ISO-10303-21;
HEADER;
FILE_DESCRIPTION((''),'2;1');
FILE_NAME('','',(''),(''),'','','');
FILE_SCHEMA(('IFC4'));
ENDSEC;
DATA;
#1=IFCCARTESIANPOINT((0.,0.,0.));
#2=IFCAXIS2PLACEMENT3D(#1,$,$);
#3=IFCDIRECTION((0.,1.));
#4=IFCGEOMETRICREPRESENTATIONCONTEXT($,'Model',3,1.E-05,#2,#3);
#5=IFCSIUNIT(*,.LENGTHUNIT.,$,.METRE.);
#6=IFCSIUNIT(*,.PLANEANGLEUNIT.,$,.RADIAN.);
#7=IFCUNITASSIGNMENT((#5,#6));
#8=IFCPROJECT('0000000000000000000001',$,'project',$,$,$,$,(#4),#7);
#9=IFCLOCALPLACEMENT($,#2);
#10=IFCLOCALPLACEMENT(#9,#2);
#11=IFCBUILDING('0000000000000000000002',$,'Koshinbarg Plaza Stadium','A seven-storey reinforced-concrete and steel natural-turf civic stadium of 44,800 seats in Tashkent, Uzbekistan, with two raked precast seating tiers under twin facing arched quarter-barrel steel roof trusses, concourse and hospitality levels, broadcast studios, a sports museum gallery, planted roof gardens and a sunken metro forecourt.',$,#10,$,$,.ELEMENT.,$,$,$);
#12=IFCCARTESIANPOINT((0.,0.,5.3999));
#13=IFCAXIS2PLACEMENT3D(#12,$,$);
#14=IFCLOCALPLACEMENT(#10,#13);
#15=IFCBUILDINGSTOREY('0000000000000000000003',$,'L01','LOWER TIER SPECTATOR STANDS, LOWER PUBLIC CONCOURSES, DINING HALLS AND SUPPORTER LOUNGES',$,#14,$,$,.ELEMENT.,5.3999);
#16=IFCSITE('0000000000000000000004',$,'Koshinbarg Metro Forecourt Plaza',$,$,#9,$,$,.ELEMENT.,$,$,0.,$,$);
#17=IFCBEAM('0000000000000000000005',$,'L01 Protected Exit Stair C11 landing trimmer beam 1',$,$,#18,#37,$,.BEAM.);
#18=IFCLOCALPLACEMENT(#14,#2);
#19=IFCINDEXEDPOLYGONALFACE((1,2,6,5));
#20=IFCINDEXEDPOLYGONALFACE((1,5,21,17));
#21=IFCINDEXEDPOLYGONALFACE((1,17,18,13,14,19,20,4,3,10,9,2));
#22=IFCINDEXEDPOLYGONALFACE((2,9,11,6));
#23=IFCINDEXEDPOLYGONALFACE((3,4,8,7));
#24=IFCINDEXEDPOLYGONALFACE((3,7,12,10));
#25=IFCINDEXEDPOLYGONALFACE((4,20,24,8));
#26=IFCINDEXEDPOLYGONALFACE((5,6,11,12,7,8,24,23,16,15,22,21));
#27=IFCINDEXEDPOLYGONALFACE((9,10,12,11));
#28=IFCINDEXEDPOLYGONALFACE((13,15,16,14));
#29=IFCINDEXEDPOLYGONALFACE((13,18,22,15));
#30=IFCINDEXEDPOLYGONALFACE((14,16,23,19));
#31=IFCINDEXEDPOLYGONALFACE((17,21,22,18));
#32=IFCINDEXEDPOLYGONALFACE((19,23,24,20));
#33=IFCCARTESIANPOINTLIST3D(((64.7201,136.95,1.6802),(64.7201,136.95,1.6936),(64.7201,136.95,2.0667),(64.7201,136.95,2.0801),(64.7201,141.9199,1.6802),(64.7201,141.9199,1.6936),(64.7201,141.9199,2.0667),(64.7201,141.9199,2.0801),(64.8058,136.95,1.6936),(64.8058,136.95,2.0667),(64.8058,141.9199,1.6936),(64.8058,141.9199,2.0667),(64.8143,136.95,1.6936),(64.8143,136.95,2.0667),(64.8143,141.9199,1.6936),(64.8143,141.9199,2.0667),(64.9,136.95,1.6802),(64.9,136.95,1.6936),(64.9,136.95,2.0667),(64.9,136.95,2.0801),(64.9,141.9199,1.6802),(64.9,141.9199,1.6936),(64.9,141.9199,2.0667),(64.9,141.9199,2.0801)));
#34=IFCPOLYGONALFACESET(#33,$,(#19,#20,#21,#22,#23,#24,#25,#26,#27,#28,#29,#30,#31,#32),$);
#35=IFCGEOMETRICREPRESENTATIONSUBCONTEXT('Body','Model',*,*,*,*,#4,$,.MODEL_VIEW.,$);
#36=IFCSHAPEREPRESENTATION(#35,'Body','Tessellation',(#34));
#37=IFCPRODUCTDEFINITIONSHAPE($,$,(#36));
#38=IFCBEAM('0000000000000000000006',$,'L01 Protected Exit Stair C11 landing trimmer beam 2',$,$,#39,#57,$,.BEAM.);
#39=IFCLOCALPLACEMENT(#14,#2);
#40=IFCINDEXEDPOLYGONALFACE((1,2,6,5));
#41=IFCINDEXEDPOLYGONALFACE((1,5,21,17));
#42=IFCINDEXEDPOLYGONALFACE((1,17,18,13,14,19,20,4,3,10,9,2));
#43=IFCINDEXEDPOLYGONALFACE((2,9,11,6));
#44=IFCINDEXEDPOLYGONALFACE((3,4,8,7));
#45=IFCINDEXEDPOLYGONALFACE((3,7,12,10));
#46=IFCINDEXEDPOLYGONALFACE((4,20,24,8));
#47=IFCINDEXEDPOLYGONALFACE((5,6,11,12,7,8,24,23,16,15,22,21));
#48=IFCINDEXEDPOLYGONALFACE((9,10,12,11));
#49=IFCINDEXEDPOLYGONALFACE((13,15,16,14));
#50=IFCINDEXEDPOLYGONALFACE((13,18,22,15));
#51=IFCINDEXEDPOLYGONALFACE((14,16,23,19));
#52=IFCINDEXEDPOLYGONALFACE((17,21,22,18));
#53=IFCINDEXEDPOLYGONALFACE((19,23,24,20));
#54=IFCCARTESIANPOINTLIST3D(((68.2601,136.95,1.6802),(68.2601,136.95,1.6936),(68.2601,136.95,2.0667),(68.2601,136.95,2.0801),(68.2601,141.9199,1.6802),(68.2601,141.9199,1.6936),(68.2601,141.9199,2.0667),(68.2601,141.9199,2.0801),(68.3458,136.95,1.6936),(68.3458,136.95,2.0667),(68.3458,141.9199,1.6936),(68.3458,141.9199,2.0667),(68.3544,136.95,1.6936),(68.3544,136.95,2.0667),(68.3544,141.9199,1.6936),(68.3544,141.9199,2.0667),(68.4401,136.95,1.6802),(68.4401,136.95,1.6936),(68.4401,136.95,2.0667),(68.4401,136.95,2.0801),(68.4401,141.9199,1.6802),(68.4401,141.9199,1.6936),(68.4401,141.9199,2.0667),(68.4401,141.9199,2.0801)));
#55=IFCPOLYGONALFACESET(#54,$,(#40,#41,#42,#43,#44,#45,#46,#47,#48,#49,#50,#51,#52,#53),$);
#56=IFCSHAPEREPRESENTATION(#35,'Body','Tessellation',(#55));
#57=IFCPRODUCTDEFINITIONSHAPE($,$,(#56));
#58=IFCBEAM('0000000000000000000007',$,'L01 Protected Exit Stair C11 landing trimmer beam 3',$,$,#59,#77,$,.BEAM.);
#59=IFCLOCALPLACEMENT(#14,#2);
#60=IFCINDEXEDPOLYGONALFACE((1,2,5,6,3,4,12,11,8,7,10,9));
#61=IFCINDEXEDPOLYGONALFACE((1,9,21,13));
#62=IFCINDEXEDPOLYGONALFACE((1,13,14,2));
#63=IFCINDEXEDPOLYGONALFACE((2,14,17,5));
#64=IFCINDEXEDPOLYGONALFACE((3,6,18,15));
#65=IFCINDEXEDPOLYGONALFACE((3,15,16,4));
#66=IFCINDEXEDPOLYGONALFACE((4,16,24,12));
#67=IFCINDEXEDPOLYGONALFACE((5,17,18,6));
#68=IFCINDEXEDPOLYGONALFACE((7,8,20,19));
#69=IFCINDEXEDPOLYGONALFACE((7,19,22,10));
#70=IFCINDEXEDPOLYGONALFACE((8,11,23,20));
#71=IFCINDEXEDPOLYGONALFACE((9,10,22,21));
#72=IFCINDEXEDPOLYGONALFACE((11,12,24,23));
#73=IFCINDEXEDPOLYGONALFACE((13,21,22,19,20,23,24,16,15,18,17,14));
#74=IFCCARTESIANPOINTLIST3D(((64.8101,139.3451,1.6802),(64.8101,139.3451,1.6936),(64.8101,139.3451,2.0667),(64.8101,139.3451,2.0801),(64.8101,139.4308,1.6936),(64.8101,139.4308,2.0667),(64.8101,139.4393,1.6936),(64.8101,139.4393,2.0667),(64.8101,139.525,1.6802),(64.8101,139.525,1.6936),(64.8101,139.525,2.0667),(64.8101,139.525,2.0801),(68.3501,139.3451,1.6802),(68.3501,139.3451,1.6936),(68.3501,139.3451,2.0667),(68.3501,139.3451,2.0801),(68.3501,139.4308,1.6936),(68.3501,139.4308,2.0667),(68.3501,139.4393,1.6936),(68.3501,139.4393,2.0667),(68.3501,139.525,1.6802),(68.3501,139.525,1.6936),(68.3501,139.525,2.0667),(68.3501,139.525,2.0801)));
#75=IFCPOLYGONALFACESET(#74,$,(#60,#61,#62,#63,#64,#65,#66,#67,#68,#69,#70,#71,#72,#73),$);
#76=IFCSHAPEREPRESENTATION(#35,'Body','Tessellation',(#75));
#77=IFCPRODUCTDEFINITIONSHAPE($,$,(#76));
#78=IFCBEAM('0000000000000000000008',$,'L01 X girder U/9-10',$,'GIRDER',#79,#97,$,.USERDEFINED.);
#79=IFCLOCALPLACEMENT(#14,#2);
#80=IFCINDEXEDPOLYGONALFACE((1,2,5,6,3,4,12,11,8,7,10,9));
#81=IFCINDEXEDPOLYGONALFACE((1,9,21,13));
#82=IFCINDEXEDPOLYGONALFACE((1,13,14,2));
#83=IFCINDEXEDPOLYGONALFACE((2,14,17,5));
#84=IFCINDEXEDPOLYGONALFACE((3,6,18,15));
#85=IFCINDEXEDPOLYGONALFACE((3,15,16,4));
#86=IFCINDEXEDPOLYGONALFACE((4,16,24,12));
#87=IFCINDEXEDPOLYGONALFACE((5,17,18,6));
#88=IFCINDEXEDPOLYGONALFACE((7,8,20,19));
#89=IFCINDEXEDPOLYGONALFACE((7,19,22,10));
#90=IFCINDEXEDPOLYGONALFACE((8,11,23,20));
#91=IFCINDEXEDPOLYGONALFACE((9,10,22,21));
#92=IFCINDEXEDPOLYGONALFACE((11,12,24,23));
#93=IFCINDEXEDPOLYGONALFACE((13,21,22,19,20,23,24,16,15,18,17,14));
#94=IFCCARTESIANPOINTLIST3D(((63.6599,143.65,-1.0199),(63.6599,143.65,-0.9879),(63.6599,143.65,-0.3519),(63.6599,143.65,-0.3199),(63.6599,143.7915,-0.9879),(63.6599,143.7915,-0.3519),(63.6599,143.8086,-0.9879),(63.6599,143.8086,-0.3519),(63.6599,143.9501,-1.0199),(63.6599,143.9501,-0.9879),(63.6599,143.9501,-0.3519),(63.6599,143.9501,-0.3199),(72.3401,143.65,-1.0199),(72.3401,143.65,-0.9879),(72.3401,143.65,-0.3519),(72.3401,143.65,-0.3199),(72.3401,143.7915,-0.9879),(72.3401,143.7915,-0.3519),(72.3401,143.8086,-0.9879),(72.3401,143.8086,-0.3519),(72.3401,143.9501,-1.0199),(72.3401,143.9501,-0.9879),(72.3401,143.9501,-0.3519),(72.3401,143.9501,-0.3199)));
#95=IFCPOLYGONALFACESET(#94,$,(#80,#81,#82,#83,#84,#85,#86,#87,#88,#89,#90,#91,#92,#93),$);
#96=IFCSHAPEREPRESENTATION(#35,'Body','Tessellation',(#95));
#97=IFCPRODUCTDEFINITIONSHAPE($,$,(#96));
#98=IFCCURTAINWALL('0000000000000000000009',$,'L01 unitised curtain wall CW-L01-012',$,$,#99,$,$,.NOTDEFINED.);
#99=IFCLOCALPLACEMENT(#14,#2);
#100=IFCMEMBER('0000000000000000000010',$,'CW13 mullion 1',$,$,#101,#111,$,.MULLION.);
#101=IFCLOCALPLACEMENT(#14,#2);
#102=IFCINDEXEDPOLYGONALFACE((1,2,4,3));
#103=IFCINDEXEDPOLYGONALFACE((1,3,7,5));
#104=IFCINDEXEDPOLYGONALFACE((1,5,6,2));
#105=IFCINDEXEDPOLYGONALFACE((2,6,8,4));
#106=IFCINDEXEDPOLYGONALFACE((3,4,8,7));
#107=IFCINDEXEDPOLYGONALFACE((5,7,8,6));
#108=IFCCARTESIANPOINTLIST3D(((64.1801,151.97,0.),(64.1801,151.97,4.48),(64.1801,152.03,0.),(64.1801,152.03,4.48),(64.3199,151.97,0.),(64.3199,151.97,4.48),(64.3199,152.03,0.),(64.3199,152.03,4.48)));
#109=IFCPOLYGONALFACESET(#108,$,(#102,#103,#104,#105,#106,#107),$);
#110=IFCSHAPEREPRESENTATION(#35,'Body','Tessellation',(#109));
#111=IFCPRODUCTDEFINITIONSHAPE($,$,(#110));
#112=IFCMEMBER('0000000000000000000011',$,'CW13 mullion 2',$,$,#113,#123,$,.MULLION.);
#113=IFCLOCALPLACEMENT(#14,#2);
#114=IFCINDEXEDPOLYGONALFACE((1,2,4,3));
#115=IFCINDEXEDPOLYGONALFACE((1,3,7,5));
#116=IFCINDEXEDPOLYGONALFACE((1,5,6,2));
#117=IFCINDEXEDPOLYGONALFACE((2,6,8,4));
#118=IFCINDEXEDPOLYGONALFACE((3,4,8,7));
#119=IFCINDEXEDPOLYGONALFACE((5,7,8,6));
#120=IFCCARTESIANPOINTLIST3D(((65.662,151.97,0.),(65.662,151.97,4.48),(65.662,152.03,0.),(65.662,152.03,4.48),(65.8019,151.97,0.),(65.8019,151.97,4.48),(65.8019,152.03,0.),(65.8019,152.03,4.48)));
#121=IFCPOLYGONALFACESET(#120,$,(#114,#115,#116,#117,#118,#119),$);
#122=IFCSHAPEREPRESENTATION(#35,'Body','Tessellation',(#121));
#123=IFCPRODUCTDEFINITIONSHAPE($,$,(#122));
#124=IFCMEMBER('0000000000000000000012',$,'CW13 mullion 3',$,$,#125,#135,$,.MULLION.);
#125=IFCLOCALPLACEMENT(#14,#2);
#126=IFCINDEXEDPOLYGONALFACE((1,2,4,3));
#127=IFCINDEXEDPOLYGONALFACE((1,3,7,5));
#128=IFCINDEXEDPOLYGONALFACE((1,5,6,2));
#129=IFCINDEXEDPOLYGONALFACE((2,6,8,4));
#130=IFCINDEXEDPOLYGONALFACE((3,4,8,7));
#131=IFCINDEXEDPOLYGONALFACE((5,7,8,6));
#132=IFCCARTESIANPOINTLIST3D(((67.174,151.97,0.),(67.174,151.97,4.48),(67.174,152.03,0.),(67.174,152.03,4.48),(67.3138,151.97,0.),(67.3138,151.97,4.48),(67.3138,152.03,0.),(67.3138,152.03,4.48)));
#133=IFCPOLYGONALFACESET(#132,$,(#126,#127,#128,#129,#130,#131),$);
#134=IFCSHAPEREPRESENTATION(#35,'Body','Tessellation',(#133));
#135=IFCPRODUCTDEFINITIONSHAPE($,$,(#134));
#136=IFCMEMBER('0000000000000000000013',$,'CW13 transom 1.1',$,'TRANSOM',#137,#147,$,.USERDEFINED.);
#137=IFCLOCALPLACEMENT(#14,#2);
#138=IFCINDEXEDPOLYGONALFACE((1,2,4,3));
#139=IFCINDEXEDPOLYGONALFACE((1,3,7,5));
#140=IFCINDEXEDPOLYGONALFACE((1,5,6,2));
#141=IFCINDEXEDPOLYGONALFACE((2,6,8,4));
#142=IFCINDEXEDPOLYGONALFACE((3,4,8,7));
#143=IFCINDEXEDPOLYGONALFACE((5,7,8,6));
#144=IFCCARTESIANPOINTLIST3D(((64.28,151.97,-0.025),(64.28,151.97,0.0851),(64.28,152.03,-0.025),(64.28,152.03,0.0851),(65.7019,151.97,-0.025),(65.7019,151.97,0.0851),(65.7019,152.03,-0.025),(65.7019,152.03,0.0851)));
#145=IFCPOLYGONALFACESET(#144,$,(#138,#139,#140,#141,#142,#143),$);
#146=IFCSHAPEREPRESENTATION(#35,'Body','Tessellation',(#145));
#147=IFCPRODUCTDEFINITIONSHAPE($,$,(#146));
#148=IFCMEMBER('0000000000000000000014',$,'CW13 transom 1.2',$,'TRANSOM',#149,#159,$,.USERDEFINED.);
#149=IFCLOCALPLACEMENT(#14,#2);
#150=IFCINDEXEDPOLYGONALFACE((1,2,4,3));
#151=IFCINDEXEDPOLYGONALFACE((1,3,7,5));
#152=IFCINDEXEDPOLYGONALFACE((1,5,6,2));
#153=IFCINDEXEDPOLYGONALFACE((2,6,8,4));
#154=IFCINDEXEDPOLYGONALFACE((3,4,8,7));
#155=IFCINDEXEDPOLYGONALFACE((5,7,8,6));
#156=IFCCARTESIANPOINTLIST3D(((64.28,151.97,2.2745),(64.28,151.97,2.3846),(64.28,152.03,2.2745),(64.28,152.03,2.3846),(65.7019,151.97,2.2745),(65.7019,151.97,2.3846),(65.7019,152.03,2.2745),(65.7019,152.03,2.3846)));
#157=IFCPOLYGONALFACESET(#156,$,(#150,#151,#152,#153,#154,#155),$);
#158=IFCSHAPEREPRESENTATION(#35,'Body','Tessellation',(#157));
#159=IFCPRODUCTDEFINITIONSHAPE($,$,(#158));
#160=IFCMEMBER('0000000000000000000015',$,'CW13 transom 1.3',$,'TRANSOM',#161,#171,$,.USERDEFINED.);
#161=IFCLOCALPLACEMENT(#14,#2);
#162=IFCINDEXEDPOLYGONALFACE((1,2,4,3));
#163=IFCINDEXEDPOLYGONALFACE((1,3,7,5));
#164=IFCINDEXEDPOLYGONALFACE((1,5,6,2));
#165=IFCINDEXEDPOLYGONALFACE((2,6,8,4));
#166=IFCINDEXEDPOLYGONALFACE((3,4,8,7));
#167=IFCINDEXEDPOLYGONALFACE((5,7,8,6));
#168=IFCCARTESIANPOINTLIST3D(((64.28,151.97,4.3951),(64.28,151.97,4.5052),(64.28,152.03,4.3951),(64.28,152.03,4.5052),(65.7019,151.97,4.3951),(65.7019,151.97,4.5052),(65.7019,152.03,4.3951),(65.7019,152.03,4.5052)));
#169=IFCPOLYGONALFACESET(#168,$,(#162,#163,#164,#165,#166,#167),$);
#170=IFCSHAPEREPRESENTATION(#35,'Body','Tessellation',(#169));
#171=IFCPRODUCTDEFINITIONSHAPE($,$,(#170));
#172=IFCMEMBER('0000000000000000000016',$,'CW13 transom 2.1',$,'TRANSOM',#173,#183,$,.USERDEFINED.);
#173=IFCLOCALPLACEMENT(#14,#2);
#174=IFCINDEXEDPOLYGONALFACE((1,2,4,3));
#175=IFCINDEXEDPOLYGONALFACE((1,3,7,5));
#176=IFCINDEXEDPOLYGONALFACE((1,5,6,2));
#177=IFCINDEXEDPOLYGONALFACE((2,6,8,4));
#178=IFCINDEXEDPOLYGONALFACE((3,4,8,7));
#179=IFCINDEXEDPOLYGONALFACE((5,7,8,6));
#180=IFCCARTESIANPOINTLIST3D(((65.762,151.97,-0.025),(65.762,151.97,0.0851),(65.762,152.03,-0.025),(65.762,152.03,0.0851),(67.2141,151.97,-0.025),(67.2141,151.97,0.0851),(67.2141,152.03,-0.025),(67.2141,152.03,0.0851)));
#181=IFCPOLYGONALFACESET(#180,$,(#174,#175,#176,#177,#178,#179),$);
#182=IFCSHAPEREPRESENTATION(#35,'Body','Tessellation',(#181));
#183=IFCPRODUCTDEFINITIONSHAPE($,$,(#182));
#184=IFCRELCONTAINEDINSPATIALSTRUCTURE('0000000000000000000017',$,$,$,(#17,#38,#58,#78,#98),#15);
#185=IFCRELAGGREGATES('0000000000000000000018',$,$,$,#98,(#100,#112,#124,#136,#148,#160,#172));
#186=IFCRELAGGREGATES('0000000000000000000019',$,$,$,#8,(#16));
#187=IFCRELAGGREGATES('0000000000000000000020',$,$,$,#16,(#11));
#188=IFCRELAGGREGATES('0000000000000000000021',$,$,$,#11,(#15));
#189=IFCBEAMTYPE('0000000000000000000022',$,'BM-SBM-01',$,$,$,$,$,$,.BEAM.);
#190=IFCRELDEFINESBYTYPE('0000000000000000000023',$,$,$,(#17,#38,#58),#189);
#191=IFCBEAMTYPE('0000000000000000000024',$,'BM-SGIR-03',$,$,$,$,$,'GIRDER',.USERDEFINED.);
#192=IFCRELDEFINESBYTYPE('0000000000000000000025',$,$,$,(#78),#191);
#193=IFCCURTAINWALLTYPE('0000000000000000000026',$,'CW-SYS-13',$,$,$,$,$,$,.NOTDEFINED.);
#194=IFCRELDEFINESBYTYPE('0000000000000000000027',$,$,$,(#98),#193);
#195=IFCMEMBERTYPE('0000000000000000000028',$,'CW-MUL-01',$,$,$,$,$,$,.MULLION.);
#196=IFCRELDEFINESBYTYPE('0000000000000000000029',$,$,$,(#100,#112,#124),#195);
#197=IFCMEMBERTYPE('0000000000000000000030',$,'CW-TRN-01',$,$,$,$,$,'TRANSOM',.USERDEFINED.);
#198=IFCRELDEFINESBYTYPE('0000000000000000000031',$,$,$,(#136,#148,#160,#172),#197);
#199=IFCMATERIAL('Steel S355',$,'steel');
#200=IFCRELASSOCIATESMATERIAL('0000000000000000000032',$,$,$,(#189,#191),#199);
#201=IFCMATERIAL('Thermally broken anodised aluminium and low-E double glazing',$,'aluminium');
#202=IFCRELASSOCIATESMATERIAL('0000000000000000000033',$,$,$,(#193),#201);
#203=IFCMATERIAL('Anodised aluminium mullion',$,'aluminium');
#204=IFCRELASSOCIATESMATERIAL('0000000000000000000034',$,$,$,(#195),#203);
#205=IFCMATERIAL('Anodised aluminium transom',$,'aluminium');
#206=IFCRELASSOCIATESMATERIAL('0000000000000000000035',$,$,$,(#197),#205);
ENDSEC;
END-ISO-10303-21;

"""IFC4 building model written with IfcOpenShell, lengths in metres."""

from ifc_helpers import new_model, si_unit, direction, frame, origin, origin_2d, place, context, subcontext, project, spatial, rectangle, i_section, extrude, material, material_profile, profile_set, type_object, element, aggregate, save


model = new_model("IFC4")

# Units and contexts
model_context = context("Model", 3, precision=1e-05, world=origin(), true_north=direction((0.0, 1.0)))
body_context = subcontext(model_context, "Body", "Model", "MODEL_VIEW")
ifc_project = project(units=[si_unit("LENGTHUNIT", "METRE"), si_unit("PLANEANGLEUNIT", "RADIAN")], contexts=[model_context])

# Site, building, storey
site_placement = place(None, origin())
site = spatial("IfcSite", under=ifc_project, at=site_placement, Name="Koshinbarg Metro Forecourt Plaza", CompositionType="ELEMENT", RefElevation=0.0)
building_placement = place(site_placement, origin())
building = spatial("IfcBuilding", under=site, at=building_placement, Name="Koshinbarg Plaza Stadium", Description="A seven-storey reinforced-concrete and steel natural-turf civic stadium of 44,800 seats in Tashkent, Uzbekistan, with two raked precast seating tiers under twin facing arched quarter-barrel steel roof trusses, concourse and hospitality levels, broadcast studios, a sports museum gallery, planted roof gardens and a sunken metro forecourt.", CompositionType="ELEMENT")
storey_placement = place(building_placement, frame((0.0, 0.0, 5.3999)))
storey = spatial("IfcBuildingStorey", under=building, at=storey_placement, Name="L01", Description="LOWER TIER SPECTATOR STANDS, LOWER PUBLIC CONCOURSES, DINING HALLS AND SUPPORTER LOUNGES", CompositionType="ELEMENT", Elevation=5.3999)

# Beams
ifc_material_1 = material(Name="Steel S355", Category="steel")
ifc_material_profile_1 = material_profile(ifc_material_1, i_section(OverallWidth=0.1799, OverallDepth=0.3999, WebThickness=0.0085, FlangeThickness=0.0134, at=origin_2d()), Name="IPE 400")
ifc_profile_set_1 = profile_set([ifc_material_profile_1], Name="Steel S355")
beam_type_1 = type_object("IfcBeamType", Name="BM-SBM-01", PredefinedType="BEAM", material=ifc_profile_set_1)
for number, where, z_axis, x_axis, name in (
    (1, (64.8101, 136.95, 1.8801), (0.0, 1.0, 0.0), (-1.0, 0.0, 0.0), "L01 Protected Exit Stair C11 landing trimmer beam 1"),
    (2, (68.3501, 136.95, 1.8801), (0.0, 1.0, 0.0), (-1.0, 0.0, 0.0), "L01 Protected Exit Stair C11 landing trimmer beam 2"),
):
    element("IfcBeam", number, at=place(storey_placement, frame(where, z_axis=z_axis, x_axis=x_axis)), inside=storey, type_object=beam_type_1, Name=name, PredefinedType="BEAM", context=body_context, shape_type="SweptSolid", body=[
        extrude(i_section(OverallWidth=0.1799, OverallDepth=0.3999, WebThickness=0.0085, FlangeThickness=0.0134, at=origin_2d()), origin(), (0.0, 0.0, 1.0), 4.97),
    ])
beam_1_placement = place(storey_placement, frame((64.8101, 139.4351, 1.8801), z_axis=(1.0, 0.0, 0.0), x_axis=(0.0, 1.0, 0.0)))
element("IfcBeam", 3, at=beam_1_placement, inside=storey, type_object=beam_type_1, Name="L01 Protected Exit Stair C11 landing trimmer beam 3", PredefinedType="BEAM", context=body_context, shape_type="SweptSolid", body=[
    extrude(i_section(OverallWidth=0.1799, OverallDepth=0.3999, WebThickness=0.0085, FlangeThickness=0.0134, at=origin_2d()), origin(), (0.0, 0.0, 1.0), 3.54),
])
ifc_material_profile_2 = material_profile(ifc_material_1, i_section(OverallWidth=0.3, OverallDepth=0.7, WebThickness=0.0171, FlangeThickness=0.032, at=origin_2d()), Name="HEB 700")
ifc_profile_set_2 = profile_set([ifc_material_profile_2], Name="Steel S355")
beam_type_2 = type_object("IfcBeamType", Name="BM-SGIR-03", ElementType="GIRDER", PredefinedType="USERDEFINED", material=ifc_profile_set_2)
beam_2_placement = place(storey_placement, frame((63.6599, 143.8, -0.6699), z_axis=(1.0, 0.0, 0.0), x_axis=(0.0, 1.0, 0.0)))
element("IfcBeam", 4, at=beam_2_placement, inside=storey, type_object=beam_type_2, Name="L01 X girder U/9-10", ObjectType="GIRDER", PredefinedType="USERDEFINED", context=body_context, shape_type="SweptSolid", body=[
    extrude(i_section(OverallWidth=0.3, OverallDepth=0.7, WebThickness=0.0171, FlangeThickness=0.032, at=origin_2d()), origin(), (0.0, 0.0, 1.0), 8.6802),
])

# Curtain wall, members
ifc_material_2 = material(Name="Thermally broken anodised aluminium and low-E double glazing", Category="aluminium")
curtain_wall_type = type_object("IfcCurtainWallType", Name="CW-SYS-13", PredefinedType="NOTDEFINED", material=ifc_material_2)
curtain_wall_placement = place(storey_placement, origin())
curtain_wall = element("IfcCurtainWall", 5, at=curtain_wall_placement, inside=storey, type_object=curtain_wall_type, Name="L01 unitised curtain wall CW-L01-012", PredefinedType="NOTDEFINED")
ifc_material_3 = material(Name="Anodised aluminium mullion", Category="aluminium")
ifc_material_profile_3 = material_profile(ifc_material_3, rectangle(XDim=0.0601, YDim=0.1399, at=origin_2d()), Name="ALU 60x140")
ifc_profile_set_3 = profile_set([ifc_material_profile_3], Name="Anodised aluminium mullion")
member_type_1 = type_object("IfcMemberType", Name="CW-MUL-01", PredefinedType="MULLION", material=ifc_profile_set_3)
member_1_placement = place(storey_placement, frame((64.25, 152.0, 0.0), z_axis=(0.0, 0.0, 1.0), x_axis=(0.0, 1.0, 0.0)))
member_1 = element("IfcMember", 6, at=member_1_placement, type_object=member_type_1, Name="CW13 mullion 1", PredefinedType="MULLION", context=body_context, shape_type="SweptSolid", body=[
    extrude(rectangle(XDim=0.0601, YDim=0.1399, at=origin_2d()), origin(), (0.0, 0.0, 1.0), 4.48),
])
member_2_placement = place(storey_placement, frame((65.7319, 152.0, 0.0), z_axis=(0.0, 0.0, 1.0), x_axis=(0.0, 1.0, 0.0)))
member_2 = element("IfcMember", 7, at=member_2_placement, type_object=member_type_1, Name="CW13 mullion 2", PredefinedType="MULLION", context=body_context, shape_type="SweptSolid", body=[
    extrude(rectangle(XDim=0.0601, YDim=0.1399, at=origin_2d()), origin(), (0.0, 0.0, 1.0), 4.48),
])
member_3_placement = place(storey_placement, frame((67.2439, 152.0, 0.0), z_axis=(0.0, 0.0, 1.0), x_axis=(0.0, 1.0, 0.0)))
member_3 = element("IfcMember", 8, at=member_3_placement, type_object=member_type_1, Name="CW13 mullion 3", PredefinedType="MULLION", context=body_context, shape_type="SweptSolid", body=[
    extrude(rectangle(XDim=0.0601, YDim=0.1399, at=origin_2d()), origin(), (0.0, 0.0, 1.0), 4.48),
])
ifc_material_4 = material(Name="Anodised aluminium transom", Category="aluminium")
ifc_material_profile_4 = material_profile(ifc_material_4, rectangle(XDim=0.0601, YDim=0.1101, at=origin_2d()), Name="ALU 60x110")
ifc_profile_set_4 = profile_set([ifc_material_profile_4], Name="Anodised aluminium transom")
member_type_2 = type_object("IfcMemberType", Name="CW-TRN-01", ElementType="TRANSOM", PredefinedType="USERDEFINED", material=ifc_profile_set_4)
member_4_placement = place(storey_placement, frame((64.28, 152.0, 0.03), z_axis=(1.0, 0.0, 0.0), x_axis=(0.0, 1.0, 0.0)))
member_4 = element("IfcMember", 9, at=member_4_placement, type_object=member_type_2, Name="CW13 transom 1.1", ObjectType="TRANSOM", PredefinedType="USERDEFINED", context=body_context, shape_type="SweptSolid", body=[
    extrude(rectangle(XDim=0.0601, YDim=0.1101, at=origin_2d()), origin(), (0.0, 0.0, 1.0), 1.4219),
])
member_5_placement = place(storey_placement, frame((64.28, 152.0, 2.3296), z_axis=(1.0, 0.0, 0.0), x_axis=(0.0, 1.0, 0.0)))
member_5 = element("IfcMember", 10, at=member_5_placement, type_object=member_type_2, Name="CW13 transom 1.2", ObjectType="TRANSOM", PredefinedType="USERDEFINED", context=body_context, shape_type="SweptSolid", body=[
    extrude(rectangle(XDim=0.0601, YDim=0.1101, at=origin_2d()), origin(), (0.0, 0.0, 1.0), 1.4219),
])
member_6_placement = place(storey_placement, frame((64.28, 152.0, 4.4502), z_axis=(1.0, 0.0, 0.0), x_axis=(0.0, 1.0, 0.0)))
member_6 = element("IfcMember", 11, at=member_6_placement, type_object=member_type_2, Name="CW13 transom 1.3", ObjectType="TRANSOM", PredefinedType="USERDEFINED", context=body_context, shape_type="SweptSolid", body=[
    extrude(rectangle(XDim=0.0601, YDim=0.1101, at=origin_2d()), origin(), (0.0, 0.0, 1.0), 1.4219),
])
member_7_placement = place(storey_placement, frame((65.762, 152.0, 0.03), z_axis=(1.0, 0.0, 0.0), x_axis=(0.0, 1.0, 0.0)))
member_7 = element("IfcMember", 12, at=member_7_placement, type_object=member_type_2, Name="CW13 transom 2.1", ObjectType="TRANSOM", PredefinedType="USERDEFINED", context=body_context, shape_type="SweptSolid", body=[
    extrude(rectangle(XDim=0.0601, YDim=0.1101, at=origin_2d()), origin(), (0.0, 0.0, 1.0), 1.4521),
])
aggregate(curtain_wall, [member_1, member_2, member_3, member_4, member_5, member_6, member_7])

save(model, "model.ifc")
